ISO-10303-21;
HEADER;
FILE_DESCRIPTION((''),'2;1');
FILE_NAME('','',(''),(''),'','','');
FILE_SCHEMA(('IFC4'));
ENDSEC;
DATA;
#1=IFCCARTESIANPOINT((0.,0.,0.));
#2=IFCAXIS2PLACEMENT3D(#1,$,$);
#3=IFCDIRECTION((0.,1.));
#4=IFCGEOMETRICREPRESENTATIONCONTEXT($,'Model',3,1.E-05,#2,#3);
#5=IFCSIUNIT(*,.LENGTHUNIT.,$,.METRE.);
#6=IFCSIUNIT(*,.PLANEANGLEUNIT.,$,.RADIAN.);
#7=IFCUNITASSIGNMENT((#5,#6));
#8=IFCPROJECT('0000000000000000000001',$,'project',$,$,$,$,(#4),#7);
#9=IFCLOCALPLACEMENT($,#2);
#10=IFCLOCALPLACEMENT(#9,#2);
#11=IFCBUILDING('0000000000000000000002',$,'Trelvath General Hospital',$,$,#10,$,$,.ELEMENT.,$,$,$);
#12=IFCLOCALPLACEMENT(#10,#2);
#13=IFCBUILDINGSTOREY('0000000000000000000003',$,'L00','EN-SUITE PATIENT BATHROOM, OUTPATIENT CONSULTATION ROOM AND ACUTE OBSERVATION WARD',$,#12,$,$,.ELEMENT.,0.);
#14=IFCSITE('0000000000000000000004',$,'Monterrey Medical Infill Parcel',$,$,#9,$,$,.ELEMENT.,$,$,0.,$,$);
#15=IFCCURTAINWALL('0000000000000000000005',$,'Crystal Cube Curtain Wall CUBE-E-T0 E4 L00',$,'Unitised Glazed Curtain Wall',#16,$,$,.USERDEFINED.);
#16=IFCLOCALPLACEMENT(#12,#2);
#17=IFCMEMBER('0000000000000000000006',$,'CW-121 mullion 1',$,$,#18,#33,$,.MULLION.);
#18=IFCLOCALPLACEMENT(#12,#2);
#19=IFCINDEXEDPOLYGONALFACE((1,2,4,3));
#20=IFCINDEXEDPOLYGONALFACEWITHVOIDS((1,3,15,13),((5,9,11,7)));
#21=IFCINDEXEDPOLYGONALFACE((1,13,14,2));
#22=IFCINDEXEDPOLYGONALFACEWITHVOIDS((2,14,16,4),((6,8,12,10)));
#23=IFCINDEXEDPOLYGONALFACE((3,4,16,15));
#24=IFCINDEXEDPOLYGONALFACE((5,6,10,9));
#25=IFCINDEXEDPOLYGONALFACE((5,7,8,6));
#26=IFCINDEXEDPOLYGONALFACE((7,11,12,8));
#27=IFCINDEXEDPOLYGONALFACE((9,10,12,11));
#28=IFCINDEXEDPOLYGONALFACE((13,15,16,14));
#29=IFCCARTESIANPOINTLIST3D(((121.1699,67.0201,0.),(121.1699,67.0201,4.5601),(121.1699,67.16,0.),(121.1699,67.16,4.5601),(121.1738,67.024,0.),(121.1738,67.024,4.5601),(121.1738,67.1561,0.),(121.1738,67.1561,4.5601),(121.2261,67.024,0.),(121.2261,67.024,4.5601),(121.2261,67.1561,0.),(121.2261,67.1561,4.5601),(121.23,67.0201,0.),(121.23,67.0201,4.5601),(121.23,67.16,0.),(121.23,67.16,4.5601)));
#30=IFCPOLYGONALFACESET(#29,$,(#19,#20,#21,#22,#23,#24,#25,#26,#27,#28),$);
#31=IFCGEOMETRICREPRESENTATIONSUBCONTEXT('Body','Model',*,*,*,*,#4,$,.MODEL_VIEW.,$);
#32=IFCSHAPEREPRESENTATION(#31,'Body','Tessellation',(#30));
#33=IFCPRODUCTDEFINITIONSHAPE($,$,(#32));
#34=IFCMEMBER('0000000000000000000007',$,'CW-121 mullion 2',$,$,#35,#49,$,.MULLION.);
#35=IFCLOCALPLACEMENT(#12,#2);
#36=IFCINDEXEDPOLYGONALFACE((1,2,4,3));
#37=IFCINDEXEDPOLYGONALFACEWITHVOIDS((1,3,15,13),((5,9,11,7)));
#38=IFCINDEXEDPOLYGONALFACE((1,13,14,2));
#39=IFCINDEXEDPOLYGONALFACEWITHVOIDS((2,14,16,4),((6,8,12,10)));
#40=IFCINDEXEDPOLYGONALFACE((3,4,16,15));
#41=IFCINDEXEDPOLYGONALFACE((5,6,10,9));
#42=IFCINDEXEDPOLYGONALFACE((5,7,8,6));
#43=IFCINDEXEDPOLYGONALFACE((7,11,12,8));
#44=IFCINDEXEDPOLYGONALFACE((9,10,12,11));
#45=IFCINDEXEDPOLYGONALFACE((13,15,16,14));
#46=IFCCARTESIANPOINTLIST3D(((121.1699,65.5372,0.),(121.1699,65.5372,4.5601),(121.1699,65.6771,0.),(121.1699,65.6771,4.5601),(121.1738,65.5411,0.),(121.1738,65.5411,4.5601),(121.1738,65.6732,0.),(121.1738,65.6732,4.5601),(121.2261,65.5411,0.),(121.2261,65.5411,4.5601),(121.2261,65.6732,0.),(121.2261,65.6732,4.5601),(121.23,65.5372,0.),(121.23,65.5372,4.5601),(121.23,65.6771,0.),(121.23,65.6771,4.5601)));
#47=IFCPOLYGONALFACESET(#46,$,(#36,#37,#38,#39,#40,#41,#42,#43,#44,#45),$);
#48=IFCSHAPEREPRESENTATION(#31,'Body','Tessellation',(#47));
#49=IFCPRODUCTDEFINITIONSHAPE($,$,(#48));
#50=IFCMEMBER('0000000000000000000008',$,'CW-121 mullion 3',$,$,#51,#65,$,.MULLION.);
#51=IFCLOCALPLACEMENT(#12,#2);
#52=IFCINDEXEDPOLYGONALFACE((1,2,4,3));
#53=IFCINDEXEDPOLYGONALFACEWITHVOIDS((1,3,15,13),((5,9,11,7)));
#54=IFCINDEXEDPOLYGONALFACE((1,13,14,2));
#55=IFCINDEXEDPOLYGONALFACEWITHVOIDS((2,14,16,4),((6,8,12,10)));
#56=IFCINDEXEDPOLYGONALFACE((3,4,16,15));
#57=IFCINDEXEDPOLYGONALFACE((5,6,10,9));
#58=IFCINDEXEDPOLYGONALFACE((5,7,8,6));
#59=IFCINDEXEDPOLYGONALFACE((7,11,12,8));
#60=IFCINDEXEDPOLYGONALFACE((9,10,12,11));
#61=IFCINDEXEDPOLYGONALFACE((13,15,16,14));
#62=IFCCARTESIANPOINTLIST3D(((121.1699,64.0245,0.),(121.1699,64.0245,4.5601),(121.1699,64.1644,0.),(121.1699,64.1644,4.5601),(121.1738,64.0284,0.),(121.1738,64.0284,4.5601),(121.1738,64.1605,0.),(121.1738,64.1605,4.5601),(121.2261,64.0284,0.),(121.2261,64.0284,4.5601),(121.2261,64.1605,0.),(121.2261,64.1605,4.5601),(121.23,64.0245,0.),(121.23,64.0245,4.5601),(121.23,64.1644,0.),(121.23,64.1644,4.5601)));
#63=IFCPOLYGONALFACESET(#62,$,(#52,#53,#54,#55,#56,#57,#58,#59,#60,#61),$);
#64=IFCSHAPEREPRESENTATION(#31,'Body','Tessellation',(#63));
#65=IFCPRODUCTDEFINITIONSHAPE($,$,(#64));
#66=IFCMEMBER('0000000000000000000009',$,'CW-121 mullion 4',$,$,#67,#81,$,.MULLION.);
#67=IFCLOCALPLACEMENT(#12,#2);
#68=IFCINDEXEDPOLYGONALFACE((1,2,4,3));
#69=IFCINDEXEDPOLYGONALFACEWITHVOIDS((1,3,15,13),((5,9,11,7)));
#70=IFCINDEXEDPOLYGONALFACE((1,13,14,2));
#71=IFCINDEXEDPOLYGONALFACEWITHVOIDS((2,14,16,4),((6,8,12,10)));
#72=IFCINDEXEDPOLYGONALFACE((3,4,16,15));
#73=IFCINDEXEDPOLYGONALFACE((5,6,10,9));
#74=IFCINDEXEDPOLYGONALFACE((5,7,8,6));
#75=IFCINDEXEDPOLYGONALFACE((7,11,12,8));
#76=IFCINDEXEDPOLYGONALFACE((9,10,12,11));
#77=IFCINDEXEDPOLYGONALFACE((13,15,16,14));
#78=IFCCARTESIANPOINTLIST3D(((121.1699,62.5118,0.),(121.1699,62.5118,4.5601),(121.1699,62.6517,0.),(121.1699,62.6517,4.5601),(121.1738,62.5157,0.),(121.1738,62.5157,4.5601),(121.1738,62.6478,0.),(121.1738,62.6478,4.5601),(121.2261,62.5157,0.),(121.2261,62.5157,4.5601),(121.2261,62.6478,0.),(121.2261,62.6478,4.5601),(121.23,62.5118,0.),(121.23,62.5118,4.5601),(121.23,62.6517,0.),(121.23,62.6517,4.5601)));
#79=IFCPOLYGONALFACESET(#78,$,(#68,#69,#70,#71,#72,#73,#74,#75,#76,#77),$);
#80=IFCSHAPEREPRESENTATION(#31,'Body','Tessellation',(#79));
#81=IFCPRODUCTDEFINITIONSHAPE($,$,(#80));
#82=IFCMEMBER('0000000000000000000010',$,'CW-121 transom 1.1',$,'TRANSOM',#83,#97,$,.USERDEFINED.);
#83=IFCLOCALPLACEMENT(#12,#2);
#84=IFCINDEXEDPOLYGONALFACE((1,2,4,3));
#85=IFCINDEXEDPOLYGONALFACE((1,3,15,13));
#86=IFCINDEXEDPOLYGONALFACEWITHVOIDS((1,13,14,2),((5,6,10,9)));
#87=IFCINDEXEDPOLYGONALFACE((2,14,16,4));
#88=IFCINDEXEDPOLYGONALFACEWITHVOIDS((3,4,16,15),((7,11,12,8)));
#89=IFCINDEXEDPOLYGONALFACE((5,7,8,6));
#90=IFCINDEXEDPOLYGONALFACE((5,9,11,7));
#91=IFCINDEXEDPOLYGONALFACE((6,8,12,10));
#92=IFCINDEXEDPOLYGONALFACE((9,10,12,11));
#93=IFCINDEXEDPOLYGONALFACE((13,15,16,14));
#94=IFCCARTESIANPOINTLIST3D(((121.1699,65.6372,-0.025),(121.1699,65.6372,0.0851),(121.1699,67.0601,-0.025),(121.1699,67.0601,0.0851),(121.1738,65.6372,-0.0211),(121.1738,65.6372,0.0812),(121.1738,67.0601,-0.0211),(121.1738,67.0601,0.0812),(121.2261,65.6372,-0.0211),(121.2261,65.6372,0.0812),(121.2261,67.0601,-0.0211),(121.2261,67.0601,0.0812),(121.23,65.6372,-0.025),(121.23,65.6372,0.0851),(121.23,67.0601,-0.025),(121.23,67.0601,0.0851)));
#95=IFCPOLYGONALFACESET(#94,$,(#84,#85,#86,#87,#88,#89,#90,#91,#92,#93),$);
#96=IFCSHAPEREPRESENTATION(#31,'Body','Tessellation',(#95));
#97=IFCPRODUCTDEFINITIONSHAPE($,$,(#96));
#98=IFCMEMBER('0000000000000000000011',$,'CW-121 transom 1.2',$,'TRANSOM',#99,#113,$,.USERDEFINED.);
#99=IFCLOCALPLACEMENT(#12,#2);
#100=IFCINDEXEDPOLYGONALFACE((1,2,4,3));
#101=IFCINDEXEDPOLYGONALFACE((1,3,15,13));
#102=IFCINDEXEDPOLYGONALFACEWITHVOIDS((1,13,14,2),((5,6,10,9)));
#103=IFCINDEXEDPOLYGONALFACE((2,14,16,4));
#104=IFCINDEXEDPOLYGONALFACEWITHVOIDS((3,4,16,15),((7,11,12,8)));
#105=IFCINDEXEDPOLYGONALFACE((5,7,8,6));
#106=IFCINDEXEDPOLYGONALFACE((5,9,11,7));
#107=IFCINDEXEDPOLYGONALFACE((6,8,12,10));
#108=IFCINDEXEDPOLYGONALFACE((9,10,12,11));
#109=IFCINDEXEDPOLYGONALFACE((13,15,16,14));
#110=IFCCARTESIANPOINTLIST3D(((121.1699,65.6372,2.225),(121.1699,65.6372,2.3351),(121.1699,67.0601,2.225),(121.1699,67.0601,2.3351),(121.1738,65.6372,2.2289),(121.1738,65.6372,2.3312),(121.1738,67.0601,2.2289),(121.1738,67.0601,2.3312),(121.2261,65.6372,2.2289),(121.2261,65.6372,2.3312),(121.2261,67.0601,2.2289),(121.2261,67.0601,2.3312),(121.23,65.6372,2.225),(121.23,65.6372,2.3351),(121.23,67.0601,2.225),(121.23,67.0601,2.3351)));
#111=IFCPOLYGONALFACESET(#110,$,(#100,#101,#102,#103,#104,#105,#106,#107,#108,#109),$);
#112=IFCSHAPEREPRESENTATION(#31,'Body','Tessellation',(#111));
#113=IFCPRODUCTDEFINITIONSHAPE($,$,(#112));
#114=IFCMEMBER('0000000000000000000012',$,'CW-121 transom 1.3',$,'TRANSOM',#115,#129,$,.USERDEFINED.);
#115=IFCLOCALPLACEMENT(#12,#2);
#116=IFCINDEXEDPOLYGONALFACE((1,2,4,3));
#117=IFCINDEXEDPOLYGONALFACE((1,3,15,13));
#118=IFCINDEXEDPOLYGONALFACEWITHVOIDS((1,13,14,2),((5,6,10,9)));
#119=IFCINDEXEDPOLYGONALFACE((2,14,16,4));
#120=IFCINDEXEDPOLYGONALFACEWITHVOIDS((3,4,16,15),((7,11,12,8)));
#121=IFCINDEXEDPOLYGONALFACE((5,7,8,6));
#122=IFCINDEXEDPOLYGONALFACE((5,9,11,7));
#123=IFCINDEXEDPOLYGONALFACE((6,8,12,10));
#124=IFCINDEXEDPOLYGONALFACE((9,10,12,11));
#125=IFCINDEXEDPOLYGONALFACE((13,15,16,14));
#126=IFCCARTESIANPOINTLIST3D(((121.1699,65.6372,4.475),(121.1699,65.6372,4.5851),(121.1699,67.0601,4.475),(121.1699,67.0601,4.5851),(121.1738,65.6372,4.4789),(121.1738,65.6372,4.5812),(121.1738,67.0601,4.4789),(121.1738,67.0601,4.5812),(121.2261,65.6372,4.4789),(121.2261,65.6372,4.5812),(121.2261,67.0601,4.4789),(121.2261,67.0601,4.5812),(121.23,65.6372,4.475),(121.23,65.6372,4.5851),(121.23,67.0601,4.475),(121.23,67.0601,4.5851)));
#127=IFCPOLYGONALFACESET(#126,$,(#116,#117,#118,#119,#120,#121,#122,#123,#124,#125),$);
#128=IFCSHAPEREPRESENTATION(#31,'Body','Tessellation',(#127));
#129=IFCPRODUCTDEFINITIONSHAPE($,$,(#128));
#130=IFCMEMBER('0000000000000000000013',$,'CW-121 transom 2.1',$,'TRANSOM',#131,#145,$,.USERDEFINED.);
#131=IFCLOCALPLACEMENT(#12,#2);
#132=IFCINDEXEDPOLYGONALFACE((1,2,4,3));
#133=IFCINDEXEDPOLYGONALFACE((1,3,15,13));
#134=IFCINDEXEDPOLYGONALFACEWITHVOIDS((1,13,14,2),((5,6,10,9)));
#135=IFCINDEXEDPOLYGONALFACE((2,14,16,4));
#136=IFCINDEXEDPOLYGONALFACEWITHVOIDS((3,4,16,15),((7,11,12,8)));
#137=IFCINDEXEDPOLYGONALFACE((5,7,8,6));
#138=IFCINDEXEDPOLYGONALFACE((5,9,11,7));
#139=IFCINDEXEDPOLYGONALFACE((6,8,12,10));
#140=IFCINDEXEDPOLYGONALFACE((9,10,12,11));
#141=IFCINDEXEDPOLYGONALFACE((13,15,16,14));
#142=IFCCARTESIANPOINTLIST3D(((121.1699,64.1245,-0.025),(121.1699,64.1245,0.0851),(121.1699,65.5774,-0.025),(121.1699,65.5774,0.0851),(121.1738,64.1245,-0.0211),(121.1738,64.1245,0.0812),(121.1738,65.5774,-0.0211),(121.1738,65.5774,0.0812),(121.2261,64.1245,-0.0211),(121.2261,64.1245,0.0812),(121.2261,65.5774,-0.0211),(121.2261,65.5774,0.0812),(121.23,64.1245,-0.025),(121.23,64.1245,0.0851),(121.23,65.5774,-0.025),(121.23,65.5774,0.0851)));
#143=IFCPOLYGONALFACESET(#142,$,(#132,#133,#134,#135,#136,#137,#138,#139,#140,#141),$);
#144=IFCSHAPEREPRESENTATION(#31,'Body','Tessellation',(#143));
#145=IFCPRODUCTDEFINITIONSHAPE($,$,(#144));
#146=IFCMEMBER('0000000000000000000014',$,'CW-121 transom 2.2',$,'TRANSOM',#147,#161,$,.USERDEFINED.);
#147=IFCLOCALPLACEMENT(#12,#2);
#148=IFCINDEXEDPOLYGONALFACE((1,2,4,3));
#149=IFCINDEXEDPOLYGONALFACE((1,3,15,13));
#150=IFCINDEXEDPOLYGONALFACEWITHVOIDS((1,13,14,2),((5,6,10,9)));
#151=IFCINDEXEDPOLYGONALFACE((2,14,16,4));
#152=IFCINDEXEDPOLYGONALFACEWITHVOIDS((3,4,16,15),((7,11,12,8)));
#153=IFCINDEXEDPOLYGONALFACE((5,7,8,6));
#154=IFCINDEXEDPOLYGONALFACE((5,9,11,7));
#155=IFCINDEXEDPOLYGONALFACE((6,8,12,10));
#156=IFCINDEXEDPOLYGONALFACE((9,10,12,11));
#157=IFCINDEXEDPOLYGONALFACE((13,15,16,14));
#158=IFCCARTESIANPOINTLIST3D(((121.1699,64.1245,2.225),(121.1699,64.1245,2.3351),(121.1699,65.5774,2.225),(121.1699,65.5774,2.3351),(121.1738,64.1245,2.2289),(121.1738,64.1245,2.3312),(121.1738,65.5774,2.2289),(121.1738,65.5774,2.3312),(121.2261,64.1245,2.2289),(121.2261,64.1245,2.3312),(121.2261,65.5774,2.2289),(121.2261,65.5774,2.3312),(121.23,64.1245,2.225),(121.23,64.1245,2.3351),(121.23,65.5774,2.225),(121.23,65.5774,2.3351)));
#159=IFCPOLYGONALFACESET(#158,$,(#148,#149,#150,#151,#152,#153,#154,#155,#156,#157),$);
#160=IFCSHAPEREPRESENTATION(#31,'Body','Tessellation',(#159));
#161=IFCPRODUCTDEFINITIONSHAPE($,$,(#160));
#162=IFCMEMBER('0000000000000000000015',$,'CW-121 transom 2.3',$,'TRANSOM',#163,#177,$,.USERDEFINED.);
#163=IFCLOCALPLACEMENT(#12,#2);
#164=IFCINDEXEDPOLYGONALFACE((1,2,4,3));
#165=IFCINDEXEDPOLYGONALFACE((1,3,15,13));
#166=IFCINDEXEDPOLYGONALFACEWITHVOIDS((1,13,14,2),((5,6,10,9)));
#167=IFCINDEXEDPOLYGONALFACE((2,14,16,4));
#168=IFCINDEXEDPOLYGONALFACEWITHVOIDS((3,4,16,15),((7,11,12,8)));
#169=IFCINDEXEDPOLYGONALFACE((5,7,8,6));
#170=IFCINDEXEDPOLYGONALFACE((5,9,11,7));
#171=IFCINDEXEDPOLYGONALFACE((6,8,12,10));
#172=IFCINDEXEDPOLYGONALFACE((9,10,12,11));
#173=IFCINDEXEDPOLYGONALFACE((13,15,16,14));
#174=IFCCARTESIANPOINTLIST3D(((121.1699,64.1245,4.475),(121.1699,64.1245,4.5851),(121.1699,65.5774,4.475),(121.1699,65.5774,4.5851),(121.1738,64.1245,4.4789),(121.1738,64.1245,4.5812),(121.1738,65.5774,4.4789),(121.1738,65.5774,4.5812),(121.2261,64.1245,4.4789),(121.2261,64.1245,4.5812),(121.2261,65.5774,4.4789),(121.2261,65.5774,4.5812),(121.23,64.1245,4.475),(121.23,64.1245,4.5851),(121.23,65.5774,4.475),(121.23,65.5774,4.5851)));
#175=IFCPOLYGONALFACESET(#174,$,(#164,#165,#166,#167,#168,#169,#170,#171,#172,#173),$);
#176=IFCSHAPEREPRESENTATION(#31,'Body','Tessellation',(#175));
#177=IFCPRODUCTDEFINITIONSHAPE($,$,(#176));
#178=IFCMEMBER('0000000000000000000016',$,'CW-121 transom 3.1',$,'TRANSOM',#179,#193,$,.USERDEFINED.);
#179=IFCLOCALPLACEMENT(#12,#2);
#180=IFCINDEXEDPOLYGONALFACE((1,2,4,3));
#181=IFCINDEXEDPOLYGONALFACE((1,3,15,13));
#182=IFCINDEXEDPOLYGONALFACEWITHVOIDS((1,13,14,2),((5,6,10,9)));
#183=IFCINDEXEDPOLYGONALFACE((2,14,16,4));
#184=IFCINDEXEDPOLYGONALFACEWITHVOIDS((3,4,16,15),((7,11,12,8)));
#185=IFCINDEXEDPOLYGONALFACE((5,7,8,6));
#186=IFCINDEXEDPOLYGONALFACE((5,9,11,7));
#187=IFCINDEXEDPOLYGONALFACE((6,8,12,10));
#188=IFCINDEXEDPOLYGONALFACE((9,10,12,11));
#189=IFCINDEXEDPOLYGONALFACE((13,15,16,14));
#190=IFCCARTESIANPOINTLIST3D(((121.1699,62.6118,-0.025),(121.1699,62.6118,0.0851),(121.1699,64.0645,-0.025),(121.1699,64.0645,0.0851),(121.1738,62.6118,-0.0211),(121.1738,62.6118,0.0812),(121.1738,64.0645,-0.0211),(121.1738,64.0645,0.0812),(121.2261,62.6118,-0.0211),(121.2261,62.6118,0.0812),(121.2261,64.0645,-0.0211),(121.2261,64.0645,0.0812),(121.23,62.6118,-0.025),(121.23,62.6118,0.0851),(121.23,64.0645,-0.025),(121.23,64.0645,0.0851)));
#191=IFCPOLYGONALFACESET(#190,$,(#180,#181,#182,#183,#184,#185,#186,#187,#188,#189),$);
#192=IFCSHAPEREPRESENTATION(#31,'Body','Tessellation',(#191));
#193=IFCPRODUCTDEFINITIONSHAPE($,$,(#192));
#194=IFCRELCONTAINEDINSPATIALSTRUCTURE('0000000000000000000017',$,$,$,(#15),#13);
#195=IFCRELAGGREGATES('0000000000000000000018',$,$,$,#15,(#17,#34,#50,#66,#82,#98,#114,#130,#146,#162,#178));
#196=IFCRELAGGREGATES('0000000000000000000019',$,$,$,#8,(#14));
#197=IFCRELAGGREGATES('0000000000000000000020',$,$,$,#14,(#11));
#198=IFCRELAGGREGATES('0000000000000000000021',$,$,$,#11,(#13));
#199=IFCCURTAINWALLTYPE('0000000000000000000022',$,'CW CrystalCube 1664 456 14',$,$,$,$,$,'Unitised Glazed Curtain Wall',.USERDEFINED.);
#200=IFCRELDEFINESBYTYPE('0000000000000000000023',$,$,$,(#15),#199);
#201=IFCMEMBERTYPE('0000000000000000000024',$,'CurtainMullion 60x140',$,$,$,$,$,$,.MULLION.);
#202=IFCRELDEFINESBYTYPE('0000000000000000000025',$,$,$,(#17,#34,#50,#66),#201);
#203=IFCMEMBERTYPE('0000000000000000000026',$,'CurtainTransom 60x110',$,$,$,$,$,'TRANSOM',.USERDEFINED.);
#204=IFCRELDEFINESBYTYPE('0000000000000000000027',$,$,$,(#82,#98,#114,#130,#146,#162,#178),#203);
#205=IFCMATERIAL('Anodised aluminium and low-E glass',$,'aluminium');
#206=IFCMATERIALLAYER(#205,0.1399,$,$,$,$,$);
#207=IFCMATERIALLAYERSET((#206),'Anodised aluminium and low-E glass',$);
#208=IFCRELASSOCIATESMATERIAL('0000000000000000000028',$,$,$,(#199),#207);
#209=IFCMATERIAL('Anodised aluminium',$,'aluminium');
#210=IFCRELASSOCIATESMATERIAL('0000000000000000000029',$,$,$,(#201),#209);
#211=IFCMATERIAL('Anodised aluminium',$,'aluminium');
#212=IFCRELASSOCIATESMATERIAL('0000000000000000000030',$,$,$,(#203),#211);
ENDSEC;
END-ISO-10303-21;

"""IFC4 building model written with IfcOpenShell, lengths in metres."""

from ifc_helpers import new_model, si_unit, direction, frame, origin, origin_2d, place, context, subcontext, project, spatial, hollow_rectangle, extrude, material, layer, layer_set, material_profile, profile_set, type_object, element, aggregate, save


model = new_model("IFC4")

# Units and contexts
model_context = context("Model", 3, precision=1e-05, world=origin(), true_north=direction((0.0, 1.0)))
body_context = subcontext(model_context, "Body", "Model", "MODEL_VIEW")
ifc_project = project(units=[si_unit("LENGTHUNIT", "METRE"), si_unit("PLANEANGLEUNIT", "RADIAN")], contexts=[model_context])

# Site, building, storey
site_placement = place(None, origin())
site = spatial("IfcSite", under=ifc_project, at=site_placement, Name="Monterrey Medical Infill Parcel", CompositionType="ELEMENT", RefElevation=0.0)
building_placement = place(site_placement, origin())
building = spatial("IfcBuilding", under=site, at=building_placement, Name="Trelvath General Hospital", CompositionType="ELEMENT")
storey_placement = place(building_placement, origin())
storey = spatial("IfcBuildingStorey", under=building, at=storey_placement, Name="L00", Description="EN-SUITE PATIENT BATHROOM, OUTPATIENT CONSULTATION ROOM AND ACUTE OBSERVATION WARD", CompositionType="ELEMENT", Elevation=0.0)

# Curtain wall, members
ifc_material_1 = material(Name="Anodised aluminium and low-E glass", Category="aluminium")
ifc_layer_1 = layer(ifc_material_1, 0.1399)
ifc_layer_set_1 = layer_set([ifc_layer_1], Name="Anodised aluminium and low-E glass")
curtain_wall_type = type_object("IfcCurtainWallType", Name="CW CrystalCube 1664 456 14", ElementType="Unitised Glazed Curtain Wall", PredefinedType="USERDEFINED", material=ifc_layer_set_1)
curtain_wall_placement = place(storey_placement, origin())
curtain_wall = element("IfcCurtainWall", 1, at=curtain_wall_placement, inside=storey, type_object=curtain_wall_type, Name="Crystal Cube Curtain Wall CUBE-E-T0 E4 L00", ObjectType="Unitised Glazed Curtain Wall", PredefinedType="USERDEFINED")
ifc_material_2 = material(Name="Anodised aluminium", Category="aluminium")
ifc_material_profile_1 = material_profile(ifc_material_2, hollow_rectangle(XDim=0.0601, YDim=0.1399, WallThickness=0.0039, at=origin_2d()), Name="RHS60x140x4")
ifc_profile_set_1 = profile_set([ifc_material_profile_1], Name="Anodised aluminium")
member_type_1 = type_object("IfcMemberType", Name="CurtainMullion 60x140", PredefinedType="MULLION", material=ifc_profile_set_1)
member_1_placement = place(storey_placement, frame((121.2, 67.0901, 0.0), z_axis=(0.0, 0.0, 1.0), x_axis=(1.0, 0.0, 0.0)))
member_1 = element("IfcMember", 2, at=member_1_placement, type_object=member_type_1, Name="CW-121 mullion 1", PredefinedType="MULLION", context=body_context, shape_type="SweptSolid", body=[
    extrude(hollow_rectangle(XDim=0.0601, YDim=0.1399, WallThickness=0.0039, at=origin_2d()), origin(), (0.0, 0.0, 1.0), 4.5601),
])
member_2_placement = place(storey_placement, frame((121.2, 65.6072, 0.0), z_axis=(0.0, 0.0, 1.0), x_axis=(1.0, 0.0, 0.0)))
member_2 = element("IfcMember", 3, at=member_2_placement, type_object=member_type_1, Name="CW-121 mullion 2", PredefinedType="MULLION", context=body_context, shape_type="SweptSolid", body=[
    extrude(hollow_rectangle(XDim=0.0601, YDim=0.1399, WallThickness=0.0039, at=origin_2d()), origin(), (0.0, 0.0, 1.0), 4.5601),
])
member_3_placement = place(storey_placement, frame((121.2, 64.0945, 0.0), z_axis=(0.0, 0.0, 1.0), x_axis=(1.0, 0.0, 0.0)))
member_3 = element("IfcMember", 4, at=member_3_placement, type_object=member_type_1, Name="CW-121 mullion 3", PredefinedType="MULLION", context=body_context, shape_type="SweptSolid", body=[
    extrude(hollow_rectangle(XDim=0.0601, YDim=0.1399, WallThickness=0.0039, at=origin_2d()), origin(), (0.0, 0.0, 1.0), 4.5601),
])
member_4_placement = place(storey_placement, frame((121.2, 62.5818, 0.0), z_axis=(0.0, 0.0, 1.0), x_axis=(1.0, 0.0, 0.0)))
member_4 = element("IfcMember", 5, at=member_4_placement, type_object=member_type_1, Name="CW-121 mullion 4", PredefinedType="MULLION", context=body_context, shape_type="SweptSolid", body=[
    extrude(hollow_rectangle(XDim=0.0601, YDim=0.1399, WallThickness=0.0039, at=origin_2d()), origin(), (0.0, 0.0, 1.0), 4.5601),
])
ifc_material_3 = material(Name="Anodised aluminium", Category="aluminium")
ifc_material_profile_2 = material_profile(ifc_material_3, hollow_rectangle(XDim=0.0601, YDim=0.1101, WallThickness=0.0039, at=origin_2d()), Name="RHS60x110x4")
ifc_profile_set_2 = profile_set([ifc_material_profile_2], Name="Anodised aluminium")
member_type_2 = type_object("IfcMemberType", Name="CurtainTransom 60x110", ElementType="TRANSOM", PredefinedType="USERDEFINED", material=ifc_profile_set_2)
member_5_placement = place(storey_placement, frame((121.2, 67.0601, 0.03), z_axis=(0.0, -1.0, 0.0), x_axis=(1.0, 0.0, 0.0)))
member_5 = element("IfcMember", 6, at=member_5_placement, type_object=member_type_2, Name="CW-121 transom 1.1", ObjectType="TRANSOM", PredefinedType="USERDEFINED", context=body_context, shape_type="SweptSolid", body=[
    extrude(hollow_rectangle(XDim=0.0601, YDim=0.1101, WallThickness=0.0039, at=origin_2d()), origin(), (0.0, 0.0, 1.0), 1.4229),
])
member_6_placement = place(storey_placement, frame((121.2, 67.0601, 2.28), z_axis=(0.0, -1.0, 0.0), x_axis=(1.0, 0.0, 0.0)))
member_6 = element("IfcMember", 7, at=member_6_placement, type_object=member_type_2, Name="CW-121 transom 1.2", ObjectType="TRANSOM", PredefinedType="USERDEFINED", context=body_context, shape_type="SweptSolid", body=[
    extrude(hollow_rectangle(XDim=0.0601, YDim=0.1101, WallThickness=0.0039, at=origin_2d()), origin(), (0.0, 0.0, 1.0), 1.4229),
])
member_7_placement = place(storey_placement, frame((121.2, 67.0601, 4.53), z_axis=(0.0, -1.0, 0.0), x_axis=(1.0, 0.0, 0.0)))
member_7 = element("IfcMember", 8, at=member_7_placement, type_object=member_type_2, Name="CW-121 transom 1.3", ObjectType="TRANSOM", PredefinedType="USERDEFINED", context=body_context, shape_type="SweptSolid", body=[
    extrude(hollow_rectangle(XDim=0.0601, YDim=0.1101, WallThickness=0.0039, at=origin_2d()), origin(), (0.0, 0.0, 1.0), 1.4229),
])
member_8_placement = place(storey_placement, frame((121.2, 65.5774, 0.03), z_axis=(0.0, -1.0, 0.0), x_axis=(1.0, 0.0, 0.0)))
member_8 = element("IfcMember", 9, at=member_8_placement, type_object=member_type_2, Name="CW-121 transom 2.1", ObjectType="TRANSOM", PredefinedType="USERDEFINED", context=body_context, shape_type="SweptSolid", body=[
    extrude(hollow_rectangle(XDim=0.0601, YDim=0.1101, WallThickness=0.0039, at=origin_2d()), origin(), (0.0, 0.0, 1.0), 1.4529),
])
member_9_placement = place(storey_placement, frame((121.2, 65.5774, 2.28), z_axis=(0.0, -1.0, 0.0), x_axis=(1.0, 0.0, 0.0)))
member_9 = element("IfcMember", 10, at=member_9_placement, type_object=member_type_2, Name="CW-121 transom 2.2", ObjectType="TRANSOM", PredefinedType="USERDEFINED", context=body_context, shape_type="SweptSolid", body=[
    extrude(hollow_rectangle(XDim=0.0601, YDim=0.1101, WallThickness=0.0039, at=origin_2d()), origin(), (0.0, 0.0, 1.0), 1.4529),
])
member_10_placement = place(storey_placement, frame((121.2, 65.5774, 4.53), z_axis=(0.0, -1.0, 0.0), x_axis=(1.0, 0.0, 0.0)))
member_10 = element("IfcMember", 11, at=member_10_placement, type_object=member_type_2, Name="CW-121 transom 2.3", ObjectType="TRANSOM", PredefinedType="USERDEFINED", context=body_context, shape_type="SweptSolid", body=[
    extrude(hollow_rectangle(XDim=0.0601, YDim=0.1101, WallThickness=0.0039, at=origin_2d()), origin(), (0.0, 0.0, 1.0), 1.4529),
])
member_11_placement = place(storey_placement, frame((121.2, 64.0645, 0.03), z_axis=(0.0, -1.0, 0.0), x_axis=(1.0, 0.0, 0.0)))
member_11 = element("IfcMember", 12, at=member_11_placement, type_object=member_type_2, Name="CW-121 transom 3.1", ObjectType="TRANSOM", PredefinedType="USERDEFINED", context=body_context, shape_type="SweptSolid", body=[
    extrude(hollow_rectangle(XDim=0.0601, YDim=0.1101, WallThickness=0.0039, at=origin_2d()), origin(), (0.0, 0.0, 1.0), 1.4526),
])
aggregate(curtain_wall, [member_1, member_2, member_3, member_4, member_5, member_6, member_7, member_8, member_9, member_10, member_11])

save(model, "model.ifc")
